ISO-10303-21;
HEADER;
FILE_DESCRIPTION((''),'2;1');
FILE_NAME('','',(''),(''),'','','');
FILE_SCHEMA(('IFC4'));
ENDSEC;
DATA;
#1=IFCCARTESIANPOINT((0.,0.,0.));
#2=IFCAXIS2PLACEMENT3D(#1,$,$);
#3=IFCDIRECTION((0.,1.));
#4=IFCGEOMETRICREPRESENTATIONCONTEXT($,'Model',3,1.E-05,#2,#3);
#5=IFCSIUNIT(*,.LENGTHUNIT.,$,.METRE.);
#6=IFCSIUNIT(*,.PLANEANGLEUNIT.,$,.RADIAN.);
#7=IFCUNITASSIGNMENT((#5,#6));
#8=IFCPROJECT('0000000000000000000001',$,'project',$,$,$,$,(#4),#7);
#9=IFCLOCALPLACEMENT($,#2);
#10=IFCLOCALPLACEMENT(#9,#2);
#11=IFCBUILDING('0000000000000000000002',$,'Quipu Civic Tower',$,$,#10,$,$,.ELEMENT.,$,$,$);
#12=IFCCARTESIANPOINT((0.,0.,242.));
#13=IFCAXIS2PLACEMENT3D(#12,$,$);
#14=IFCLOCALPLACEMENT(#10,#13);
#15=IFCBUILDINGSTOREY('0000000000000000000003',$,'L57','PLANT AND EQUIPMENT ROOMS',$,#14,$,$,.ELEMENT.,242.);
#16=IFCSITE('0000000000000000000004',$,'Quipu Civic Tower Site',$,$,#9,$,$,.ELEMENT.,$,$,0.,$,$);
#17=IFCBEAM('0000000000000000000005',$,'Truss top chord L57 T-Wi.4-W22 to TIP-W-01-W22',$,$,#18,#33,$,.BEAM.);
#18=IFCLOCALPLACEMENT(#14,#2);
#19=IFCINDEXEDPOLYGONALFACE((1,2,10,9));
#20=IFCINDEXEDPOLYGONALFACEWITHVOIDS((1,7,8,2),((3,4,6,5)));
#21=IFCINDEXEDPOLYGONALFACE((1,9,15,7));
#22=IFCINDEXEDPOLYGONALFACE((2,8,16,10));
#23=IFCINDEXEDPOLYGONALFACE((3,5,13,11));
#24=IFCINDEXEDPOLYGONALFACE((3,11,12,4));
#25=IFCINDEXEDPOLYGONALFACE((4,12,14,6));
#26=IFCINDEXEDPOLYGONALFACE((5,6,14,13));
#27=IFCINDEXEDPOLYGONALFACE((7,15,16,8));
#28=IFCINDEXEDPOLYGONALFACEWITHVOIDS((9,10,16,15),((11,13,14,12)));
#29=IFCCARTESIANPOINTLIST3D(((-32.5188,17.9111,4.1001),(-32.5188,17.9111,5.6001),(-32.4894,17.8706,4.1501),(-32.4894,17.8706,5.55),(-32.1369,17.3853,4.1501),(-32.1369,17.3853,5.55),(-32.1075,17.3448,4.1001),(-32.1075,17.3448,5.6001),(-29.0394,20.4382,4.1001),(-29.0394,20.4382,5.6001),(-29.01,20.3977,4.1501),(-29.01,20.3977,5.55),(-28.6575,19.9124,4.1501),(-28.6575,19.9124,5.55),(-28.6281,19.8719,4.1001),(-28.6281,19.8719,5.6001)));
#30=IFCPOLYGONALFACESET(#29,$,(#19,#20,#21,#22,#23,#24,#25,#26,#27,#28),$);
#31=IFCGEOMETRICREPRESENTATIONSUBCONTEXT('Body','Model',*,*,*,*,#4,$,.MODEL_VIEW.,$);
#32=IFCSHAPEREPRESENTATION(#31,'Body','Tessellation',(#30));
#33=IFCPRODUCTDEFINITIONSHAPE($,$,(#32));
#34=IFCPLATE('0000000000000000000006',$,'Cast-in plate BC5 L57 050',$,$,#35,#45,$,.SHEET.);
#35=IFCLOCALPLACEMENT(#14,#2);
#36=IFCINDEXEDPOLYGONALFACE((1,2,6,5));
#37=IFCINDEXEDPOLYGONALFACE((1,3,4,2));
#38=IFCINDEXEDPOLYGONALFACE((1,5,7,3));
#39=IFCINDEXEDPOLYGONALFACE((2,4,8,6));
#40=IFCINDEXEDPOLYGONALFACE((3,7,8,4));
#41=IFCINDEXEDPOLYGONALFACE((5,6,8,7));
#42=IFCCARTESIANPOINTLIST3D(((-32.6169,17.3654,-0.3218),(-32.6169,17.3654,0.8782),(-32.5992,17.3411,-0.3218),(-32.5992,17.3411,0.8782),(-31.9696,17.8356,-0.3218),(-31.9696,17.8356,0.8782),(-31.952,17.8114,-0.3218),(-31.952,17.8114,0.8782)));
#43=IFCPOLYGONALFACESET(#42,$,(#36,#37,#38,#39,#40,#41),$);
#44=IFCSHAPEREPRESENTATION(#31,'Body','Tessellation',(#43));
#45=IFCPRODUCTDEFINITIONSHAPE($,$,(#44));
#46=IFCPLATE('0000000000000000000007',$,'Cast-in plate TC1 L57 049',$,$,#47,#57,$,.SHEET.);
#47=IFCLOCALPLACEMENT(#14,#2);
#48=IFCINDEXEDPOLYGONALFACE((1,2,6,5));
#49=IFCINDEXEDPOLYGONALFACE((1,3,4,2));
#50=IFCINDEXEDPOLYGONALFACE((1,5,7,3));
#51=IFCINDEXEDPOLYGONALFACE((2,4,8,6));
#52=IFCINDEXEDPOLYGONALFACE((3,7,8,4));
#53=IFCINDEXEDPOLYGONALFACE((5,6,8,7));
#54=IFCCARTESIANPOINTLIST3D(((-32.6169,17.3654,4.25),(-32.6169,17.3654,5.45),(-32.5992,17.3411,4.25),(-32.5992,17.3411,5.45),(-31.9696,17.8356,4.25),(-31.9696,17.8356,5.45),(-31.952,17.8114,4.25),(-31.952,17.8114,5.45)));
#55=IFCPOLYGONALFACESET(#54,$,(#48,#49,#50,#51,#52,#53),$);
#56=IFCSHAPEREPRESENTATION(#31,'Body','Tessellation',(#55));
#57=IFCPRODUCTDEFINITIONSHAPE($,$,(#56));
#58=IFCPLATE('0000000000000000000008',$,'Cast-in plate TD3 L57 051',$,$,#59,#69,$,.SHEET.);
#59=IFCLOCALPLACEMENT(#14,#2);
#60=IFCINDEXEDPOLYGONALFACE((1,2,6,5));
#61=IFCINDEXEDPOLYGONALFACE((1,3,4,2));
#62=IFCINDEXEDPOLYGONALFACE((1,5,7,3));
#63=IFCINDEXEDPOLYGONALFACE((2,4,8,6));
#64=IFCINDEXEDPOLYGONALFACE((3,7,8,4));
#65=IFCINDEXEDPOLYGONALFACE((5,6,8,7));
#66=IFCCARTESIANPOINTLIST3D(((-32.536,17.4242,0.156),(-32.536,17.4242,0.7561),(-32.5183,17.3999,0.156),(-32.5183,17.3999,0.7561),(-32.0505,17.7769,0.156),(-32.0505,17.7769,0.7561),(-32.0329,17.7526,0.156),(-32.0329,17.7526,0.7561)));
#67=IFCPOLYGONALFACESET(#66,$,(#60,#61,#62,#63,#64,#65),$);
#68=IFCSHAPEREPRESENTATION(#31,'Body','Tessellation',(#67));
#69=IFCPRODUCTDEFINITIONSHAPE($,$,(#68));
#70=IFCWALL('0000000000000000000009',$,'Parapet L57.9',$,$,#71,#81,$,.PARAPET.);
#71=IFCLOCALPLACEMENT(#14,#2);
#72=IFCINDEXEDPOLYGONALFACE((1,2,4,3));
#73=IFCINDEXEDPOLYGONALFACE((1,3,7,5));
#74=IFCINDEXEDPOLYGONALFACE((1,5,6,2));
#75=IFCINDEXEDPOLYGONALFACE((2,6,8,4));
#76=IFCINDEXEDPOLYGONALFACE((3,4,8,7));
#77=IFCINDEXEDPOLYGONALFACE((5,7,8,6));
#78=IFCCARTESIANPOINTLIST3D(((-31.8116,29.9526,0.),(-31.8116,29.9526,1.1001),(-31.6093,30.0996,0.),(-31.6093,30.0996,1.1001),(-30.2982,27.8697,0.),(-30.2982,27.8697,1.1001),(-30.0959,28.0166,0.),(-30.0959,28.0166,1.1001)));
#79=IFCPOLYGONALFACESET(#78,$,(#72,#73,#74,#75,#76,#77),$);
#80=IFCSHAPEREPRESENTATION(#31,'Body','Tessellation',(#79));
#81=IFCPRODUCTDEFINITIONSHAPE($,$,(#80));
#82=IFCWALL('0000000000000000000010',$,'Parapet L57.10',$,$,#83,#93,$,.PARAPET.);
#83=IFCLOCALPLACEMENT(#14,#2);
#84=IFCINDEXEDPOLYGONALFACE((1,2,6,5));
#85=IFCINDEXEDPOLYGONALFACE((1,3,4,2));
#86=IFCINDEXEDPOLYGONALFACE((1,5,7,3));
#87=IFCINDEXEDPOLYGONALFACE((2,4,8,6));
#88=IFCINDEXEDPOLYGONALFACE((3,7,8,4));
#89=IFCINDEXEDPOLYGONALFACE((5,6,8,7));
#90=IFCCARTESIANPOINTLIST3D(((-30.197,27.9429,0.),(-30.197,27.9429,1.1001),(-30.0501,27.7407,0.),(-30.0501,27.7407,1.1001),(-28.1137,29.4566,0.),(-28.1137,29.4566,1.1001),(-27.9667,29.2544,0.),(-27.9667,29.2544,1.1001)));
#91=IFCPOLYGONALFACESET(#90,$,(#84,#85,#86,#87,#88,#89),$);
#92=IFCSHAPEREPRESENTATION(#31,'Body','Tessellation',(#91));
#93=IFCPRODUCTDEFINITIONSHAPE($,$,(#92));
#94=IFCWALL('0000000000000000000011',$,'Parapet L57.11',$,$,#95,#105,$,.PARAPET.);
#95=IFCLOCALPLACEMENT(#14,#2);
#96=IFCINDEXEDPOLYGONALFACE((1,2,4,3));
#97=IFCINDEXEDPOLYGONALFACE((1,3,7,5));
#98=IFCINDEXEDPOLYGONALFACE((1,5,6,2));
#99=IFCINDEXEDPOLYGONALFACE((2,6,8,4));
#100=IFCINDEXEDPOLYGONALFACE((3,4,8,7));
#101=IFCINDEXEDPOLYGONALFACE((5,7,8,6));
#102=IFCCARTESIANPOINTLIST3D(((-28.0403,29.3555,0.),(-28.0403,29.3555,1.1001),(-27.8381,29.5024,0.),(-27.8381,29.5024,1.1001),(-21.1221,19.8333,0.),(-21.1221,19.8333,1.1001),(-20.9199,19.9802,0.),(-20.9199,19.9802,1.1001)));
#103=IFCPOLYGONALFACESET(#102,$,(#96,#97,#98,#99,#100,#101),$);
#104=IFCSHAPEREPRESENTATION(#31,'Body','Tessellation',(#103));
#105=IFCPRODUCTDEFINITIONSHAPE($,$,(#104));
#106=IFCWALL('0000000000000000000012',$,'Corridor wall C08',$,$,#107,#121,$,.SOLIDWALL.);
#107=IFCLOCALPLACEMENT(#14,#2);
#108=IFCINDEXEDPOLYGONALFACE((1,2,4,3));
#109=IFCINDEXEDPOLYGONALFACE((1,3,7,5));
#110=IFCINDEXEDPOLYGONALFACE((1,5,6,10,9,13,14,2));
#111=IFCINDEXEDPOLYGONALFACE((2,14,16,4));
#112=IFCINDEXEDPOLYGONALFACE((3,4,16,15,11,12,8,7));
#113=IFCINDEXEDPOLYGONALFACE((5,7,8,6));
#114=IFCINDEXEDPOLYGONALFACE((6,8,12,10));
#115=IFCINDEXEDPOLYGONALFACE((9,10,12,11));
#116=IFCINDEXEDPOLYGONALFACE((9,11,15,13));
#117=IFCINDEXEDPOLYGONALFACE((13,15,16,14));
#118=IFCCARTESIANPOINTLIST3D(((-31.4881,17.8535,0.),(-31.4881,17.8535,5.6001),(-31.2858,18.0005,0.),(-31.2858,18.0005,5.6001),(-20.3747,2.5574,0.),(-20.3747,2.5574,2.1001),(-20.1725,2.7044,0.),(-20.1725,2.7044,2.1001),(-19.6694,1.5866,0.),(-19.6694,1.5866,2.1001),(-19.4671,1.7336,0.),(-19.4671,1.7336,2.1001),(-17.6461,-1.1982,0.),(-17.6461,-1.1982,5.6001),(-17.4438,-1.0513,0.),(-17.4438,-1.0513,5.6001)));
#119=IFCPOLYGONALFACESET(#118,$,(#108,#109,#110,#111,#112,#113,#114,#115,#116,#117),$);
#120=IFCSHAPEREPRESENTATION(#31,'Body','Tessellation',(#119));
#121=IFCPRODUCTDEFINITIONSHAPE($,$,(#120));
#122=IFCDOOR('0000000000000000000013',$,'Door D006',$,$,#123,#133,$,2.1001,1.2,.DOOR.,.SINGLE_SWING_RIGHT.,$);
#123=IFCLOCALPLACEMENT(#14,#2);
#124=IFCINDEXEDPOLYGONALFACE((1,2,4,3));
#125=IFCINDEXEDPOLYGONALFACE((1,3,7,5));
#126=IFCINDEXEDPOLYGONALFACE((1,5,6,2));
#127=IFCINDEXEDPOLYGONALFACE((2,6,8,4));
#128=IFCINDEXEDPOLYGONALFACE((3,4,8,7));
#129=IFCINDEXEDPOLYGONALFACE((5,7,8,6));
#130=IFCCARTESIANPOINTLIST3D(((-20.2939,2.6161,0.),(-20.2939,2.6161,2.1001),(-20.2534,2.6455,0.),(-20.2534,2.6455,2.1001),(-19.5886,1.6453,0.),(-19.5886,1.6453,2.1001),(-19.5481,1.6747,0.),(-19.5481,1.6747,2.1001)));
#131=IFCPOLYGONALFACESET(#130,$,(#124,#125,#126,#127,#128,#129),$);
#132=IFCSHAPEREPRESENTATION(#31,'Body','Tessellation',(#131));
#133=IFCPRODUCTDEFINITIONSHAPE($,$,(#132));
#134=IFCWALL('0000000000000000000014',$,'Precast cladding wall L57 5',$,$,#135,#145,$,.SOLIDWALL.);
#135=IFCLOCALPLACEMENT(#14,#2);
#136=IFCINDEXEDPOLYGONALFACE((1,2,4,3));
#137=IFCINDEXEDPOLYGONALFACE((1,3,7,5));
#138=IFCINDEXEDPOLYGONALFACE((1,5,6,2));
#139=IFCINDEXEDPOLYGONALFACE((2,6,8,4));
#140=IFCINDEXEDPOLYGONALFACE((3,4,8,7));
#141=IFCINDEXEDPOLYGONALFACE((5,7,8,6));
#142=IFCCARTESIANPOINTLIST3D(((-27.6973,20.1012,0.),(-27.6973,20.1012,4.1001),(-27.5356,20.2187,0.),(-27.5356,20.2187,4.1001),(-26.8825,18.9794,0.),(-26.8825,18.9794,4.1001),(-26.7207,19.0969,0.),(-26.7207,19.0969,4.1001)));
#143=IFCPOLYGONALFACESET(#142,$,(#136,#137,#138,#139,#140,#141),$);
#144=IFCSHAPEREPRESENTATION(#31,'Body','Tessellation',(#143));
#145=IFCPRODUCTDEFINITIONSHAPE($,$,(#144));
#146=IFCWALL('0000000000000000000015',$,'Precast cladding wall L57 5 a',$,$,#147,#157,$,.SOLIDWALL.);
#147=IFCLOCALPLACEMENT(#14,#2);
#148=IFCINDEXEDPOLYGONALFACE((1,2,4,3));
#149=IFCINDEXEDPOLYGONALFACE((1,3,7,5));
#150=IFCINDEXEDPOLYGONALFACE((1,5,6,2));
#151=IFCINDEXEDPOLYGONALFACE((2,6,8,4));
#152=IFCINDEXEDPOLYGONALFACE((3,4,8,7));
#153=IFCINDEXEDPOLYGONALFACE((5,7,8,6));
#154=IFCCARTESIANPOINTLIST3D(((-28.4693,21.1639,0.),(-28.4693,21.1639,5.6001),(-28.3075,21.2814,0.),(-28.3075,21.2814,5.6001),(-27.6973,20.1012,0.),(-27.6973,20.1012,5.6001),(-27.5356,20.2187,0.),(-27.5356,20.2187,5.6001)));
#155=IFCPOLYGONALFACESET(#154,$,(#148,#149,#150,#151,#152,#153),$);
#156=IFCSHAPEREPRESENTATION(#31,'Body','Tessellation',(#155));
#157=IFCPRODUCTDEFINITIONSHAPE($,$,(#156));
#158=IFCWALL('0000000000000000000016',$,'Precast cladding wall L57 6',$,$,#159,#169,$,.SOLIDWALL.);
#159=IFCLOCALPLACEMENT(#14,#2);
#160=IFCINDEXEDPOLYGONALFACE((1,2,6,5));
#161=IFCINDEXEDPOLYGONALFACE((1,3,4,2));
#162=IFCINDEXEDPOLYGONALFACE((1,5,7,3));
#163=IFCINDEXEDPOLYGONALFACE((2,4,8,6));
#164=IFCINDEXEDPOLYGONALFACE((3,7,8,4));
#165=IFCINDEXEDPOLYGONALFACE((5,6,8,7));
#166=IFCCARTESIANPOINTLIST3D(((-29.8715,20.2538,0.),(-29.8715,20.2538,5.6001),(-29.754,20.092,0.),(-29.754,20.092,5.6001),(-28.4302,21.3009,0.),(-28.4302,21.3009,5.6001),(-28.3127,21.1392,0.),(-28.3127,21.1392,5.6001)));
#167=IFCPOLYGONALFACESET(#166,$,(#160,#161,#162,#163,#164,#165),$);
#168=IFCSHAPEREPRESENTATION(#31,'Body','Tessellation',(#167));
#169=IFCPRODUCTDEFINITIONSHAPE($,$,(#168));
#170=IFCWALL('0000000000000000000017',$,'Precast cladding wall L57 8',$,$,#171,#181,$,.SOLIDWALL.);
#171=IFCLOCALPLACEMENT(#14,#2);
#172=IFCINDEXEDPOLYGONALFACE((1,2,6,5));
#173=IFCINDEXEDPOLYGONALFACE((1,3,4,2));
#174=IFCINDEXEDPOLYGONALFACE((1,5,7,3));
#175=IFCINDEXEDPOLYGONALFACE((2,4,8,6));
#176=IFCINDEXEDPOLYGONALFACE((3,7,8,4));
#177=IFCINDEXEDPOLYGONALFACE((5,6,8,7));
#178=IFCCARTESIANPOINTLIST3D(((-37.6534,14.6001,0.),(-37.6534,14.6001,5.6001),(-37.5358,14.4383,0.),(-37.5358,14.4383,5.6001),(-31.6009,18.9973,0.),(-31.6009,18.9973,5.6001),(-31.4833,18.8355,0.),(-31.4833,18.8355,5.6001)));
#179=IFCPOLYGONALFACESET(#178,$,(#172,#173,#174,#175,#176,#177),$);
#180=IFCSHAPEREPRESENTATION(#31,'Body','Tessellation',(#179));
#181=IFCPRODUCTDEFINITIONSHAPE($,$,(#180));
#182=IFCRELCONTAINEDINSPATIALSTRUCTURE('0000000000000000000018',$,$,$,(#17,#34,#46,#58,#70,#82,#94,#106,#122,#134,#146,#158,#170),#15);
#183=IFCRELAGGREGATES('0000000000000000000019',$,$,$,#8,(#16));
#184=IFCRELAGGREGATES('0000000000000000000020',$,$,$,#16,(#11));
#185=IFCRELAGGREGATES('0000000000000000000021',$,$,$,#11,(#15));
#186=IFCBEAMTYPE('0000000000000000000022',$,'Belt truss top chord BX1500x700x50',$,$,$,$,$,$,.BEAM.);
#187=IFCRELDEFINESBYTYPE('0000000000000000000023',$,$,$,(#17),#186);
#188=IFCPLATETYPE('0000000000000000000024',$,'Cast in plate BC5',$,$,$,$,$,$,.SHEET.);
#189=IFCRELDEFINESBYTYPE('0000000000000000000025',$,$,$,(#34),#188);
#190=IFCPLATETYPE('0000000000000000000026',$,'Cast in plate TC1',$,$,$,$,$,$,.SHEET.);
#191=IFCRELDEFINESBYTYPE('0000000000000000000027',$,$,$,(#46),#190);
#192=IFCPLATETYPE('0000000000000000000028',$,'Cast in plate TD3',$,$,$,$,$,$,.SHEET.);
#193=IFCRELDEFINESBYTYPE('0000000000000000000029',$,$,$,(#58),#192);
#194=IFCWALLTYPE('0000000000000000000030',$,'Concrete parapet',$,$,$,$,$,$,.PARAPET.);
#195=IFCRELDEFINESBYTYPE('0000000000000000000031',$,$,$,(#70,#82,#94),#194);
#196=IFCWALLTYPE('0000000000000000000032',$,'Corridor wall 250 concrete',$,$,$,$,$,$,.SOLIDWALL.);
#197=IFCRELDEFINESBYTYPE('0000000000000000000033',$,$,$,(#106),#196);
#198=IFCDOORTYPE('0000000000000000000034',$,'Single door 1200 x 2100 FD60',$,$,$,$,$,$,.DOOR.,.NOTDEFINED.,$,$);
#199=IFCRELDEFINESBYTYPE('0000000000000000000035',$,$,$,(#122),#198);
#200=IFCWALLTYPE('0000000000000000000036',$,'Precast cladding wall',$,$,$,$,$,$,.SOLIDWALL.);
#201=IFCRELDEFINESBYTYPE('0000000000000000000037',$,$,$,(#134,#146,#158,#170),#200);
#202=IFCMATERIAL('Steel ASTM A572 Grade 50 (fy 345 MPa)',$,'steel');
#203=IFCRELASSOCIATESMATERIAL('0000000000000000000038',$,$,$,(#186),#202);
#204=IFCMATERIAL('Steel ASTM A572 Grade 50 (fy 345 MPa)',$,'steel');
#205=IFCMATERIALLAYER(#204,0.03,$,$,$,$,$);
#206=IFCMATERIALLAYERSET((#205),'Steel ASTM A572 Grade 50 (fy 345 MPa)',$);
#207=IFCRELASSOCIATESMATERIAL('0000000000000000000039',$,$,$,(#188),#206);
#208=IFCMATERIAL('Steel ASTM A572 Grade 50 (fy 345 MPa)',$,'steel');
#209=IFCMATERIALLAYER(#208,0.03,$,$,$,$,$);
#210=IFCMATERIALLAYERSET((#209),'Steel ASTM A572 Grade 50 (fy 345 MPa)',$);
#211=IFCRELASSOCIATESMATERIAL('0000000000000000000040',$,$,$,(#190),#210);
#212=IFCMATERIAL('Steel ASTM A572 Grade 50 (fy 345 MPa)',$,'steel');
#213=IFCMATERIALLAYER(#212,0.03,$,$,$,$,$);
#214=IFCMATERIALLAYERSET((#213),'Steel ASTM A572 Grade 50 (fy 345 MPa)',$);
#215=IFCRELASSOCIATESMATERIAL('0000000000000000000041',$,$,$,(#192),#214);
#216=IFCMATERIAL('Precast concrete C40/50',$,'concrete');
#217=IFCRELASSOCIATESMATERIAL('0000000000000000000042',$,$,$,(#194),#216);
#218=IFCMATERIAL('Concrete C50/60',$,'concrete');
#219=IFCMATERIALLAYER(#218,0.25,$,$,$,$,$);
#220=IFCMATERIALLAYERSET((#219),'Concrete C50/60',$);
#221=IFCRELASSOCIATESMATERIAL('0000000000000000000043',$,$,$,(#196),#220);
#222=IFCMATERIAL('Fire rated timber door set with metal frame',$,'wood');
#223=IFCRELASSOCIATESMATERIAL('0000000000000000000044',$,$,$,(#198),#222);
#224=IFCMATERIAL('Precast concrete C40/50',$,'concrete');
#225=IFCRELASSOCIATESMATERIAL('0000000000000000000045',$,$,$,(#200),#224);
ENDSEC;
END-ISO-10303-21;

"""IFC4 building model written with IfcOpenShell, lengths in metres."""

from ifc_helpers import new_model, si_unit, direction, frame, frame_2d, origin, origin_2d, place, context, subcontext, project, spatial, rectangle, hollow_rectangle, extrude, material, layer, layer_set, material_profile, profile_set, type_object, element, fill, save


model = new_model("IFC4")

# Units and contexts
model_context = context("Model", 3, precision=1e-05, world=origin(), true_north=direction((0.0, 1.0)))
body_context = subcontext(model_context, "Body", "Model", "MODEL_VIEW")
ifc_project = project(units=[si_unit("LENGTHUNIT", "METRE"), si_unit("PLANEANGLEUNIT", "RADIAN")], contexts=[model_context])

# Site, building, storey
site_placement = place(None, origin())
site = spatial("IfcSite", under=ifc_project, at=site_placement, Name="Quipu Civic Tower Site", CompositionType="ELEMENT", RefElevation=0.0)
building_placement = place(site_placement, origin())
building = spatial("IfcBuilding", under=site, at=building_placement, Name="Quipu Civic Tower", CompositionType="ELEMENT")
storey_placement = place(building_placement, frame((0.0, 0.0, 242.0)))
storey = spatial("IfcBuildingStorey", under=building, at=storey_placement, Name="L57", Description="PLANT AND EQUIPMENT ROOMS", CompositionType="ELEMENT", Elevation=242.0)

# Beam
ifc_material_1 = material(Name="Steel ASTM A572 Grade 50 (fy 345 MPa)", Category="steel")
ifc_material_profile_1 = material_profile(ifc_material_1, hollow_rectangle(XDim=0.7, YDim=1.5, WallThickness=0.05, at=origin_2d()), Name="BX1500x700x50")
ifc_profile_set_1 = profile_set([ifc_material_profile_1], Name="Steel ASTM A572 Grade 50 (fy 345 MPa)")
beam_type_1 = type_object("IfcBeamType", Name="Belt truss top chord BX1500x700x50", PredefinedType="BEAM", material=ifc_profile_set_1)
beam_1_placement = place(storey_placement, frame((-28.8337, 20.155, 4.8501), z_axis=(-0.809116, -0.587648, 0.0), x_axis=(0.587648, -0.809116, 0.0)))
element("IfcBeam", 1, at=beam_1_placement, inside=storey, type_object=beam_type_1, Name="Truss top chord L57 T-Wi.4-W22 to TIP-W-01-W22", PredefinedType="BEAM", context=body_context, shape_type="SweptSolid", body=[
    extrude(hollow_rectangle(XDim=0.7, YDim=1.5, WallThickness=0.05, at=origin_2d()), origin(), (0.0, 0.0, 1.0), 4.3003),
])

# Plates
ifc_material_2 = material(Name="Steel ASTM A572 Grade 50 (fy 345 MPa)", Category="steel")
ifc_layer_1 = layer(ifc_material_2, 0.03)
ifc_layer_set_1 = layer_set([ifc_layer_1], Name="Steel ASTM A572 Grade 50 (fy 345 MPa)")
plate_type_1 = type_object("IfcPlateType", Name="Cast in plate BC5", PredefinedType="SHEET", material=ifc_layer_set_1)
plate_1_placement = place(storey_placement, frame((-32.2844, 17.5884, -0.3218), z_axis=(0.0, 0.0, 1.0), x_axis=(0.809027, 0.587771, 0.0)))
element("IfcPlate", 2, at=plate_1_placement, inside=storey, type_object=plate_type_1, Name="Cast-in plate BC5 L57 050", PredefinedType="SHEET", context=body_context, shape_type="SweptSolid", body=[
    extrude(rectangle(XDim=0.8, YDim=0.03, at=origin_2d()), origin(), (0.0, 0.0, 1.0), 1.2),
])
ifc_material_3 = material(Name="Steel ASTM A572 Grade 50 (fy 345 MPa)", Category="steel")
ifc_layer_2 = layer(ifc_material_3, 0.03)
ifc_layer_set_2 = layer_set([ifc_layer_2], Name="Steel ASTM A572 Grade 50 (fy 345 MPa)")
plate_type_2 = type_object("IfcPlateType", Name="Cast in plate TC1", PredefinedType="SHEET", material=ifc_layer_set_2)
plate_2_placement = place(storey_placement, frame((-32.2844, 17.5884, 4.25), z_axis=(0.0, 0.0, 1.0), x_axis=(0.809027, 0.587771, 0.0)))
element("IfcPlate", 3, at=plate_2_placement, inside=storey, type_object=plate_type_2, Name="Cast-in plate TC1 L57 049", PredefinedType="SHEET", context=body_context, shape_type="SweptSolid", body=[
    extrude(rectangle(XDim=0.8, YDim=0.03, at=origin_2d()), origin(), (0.0, 0.0, 1.0), 1.2),
])
ifc_material_4 = material(Name="Steel ASTM A572 Grade 50 (fy 345 MPa)", Category="steel")
ifc_layer_3 = layer(ifc_material_4, 0.03)
ifc_layer_set_3 = layer_set([ifc_layer_3], Name="Steel ASTM A572 Grade 50 (fy 345 MPa)")
plate_type_3 = type_object("IfcPlateType", Name="Cast in plate TD3", PredefinedType="SHEET", material=ifc_layer_set_3)
plate_3_placement = place(storey_placement, frame((-32.2844, 17.5884, 0.156), z_axis=(0.0, 0.0, 1.0), x_axis=(0.809027, 0.587771, 0.0)))
element("IfcPlate", 4, at=plate_3_placement, inside=storey, type_object=plate_type_3, Name="Cast-in plate TD3 L57 051", PredefinedType="SHEET", context=body_context, shape_type="SweptSolid", body=[
    extrude(rectangle(XDim=0.6001, YDim=0.03, at=origin_2d()), origin(), (0.0, 0.0, 1.0), 0.6001),
])

# Walls
ifc_material_5 = material(Name="Precast concrete C40/50", Category="concrete")
wall_type_1 = type_object("IfcWallType", Name="Concrete parapet", PredefinedType="PARAPET", material=ifc_material_5)
wall_1_placement = place(storey_placement, frame((-31.7104, 30.0261, 0.0), z_axis=(0.0, 0.0, 1.0), x_axis=(0.587794, -0.809011, 0.0)))
element("IfcWall", 5, at=wall_1_placement, inside=storey, type_object=wall_type_1, Name="Parapet L57.9", PredefinedType="PARAPET", context=body_context, shape_type="SweptSolid", body=[
    extrude(rectangle(XDim=2.5747, YDim=0.25, at=frame_2d((1.2874, 0.0))), origin(), (0.0, 0.0, 1.0), 1.1001),
])
wall_2_placement = place(storey_placement, frame((-30.1235, 27.8418, 0.0), z_axis=(0.0, 0.0, 1.0), x_axis=(0.808998, 0.587811, 0.0)))
element("IfcWall", 6, at=wall_2_placement, inside=storey, type_object=wall_type_1, Name="Parapet L57.10", PredefinedType="PARAPET", context=body_context, shape_type="SweptSolid", body=[
    extrude(rectangle(XDim=2.5752, YDim=0.25, at=frame_2d((1.2876, 0.0))), origin(), (0.0, 0.0, 1.0), 1.1001),
])
wall_3_placement = place(storey_placement, frame((-27.9392, 29.429, 0.0), z_axis=(0.0, 0.0, 1.0), x_axis=(0.587781, -0.80902, 0.0)))
element("IfcWall", 7, at=wall_3_placement, inside=storey, type_object=wall_type_1, Name="Parapet L57.11", PredefinedType="PARAPET", context=body_context, shape_type="SweptSolid", body=[
    extrude(rectangle(XDim=11.77, YDim=0.25, at=frame_2d((5.885, 0.0))), origin(), (0.0, 0.0, 1.0), 1.1001),
])

# Wall, opening, door
ifc_material_6 = material(Name="Concrete C50/60", Category="concrete")
ifc_layer_4 = layer(ifc_material_6, 0.25)
ifc_layer_set_4 = layer_set([ifc_layer_4], Name="Concrete C50/60")
wall_type_2 = type_object("IfcWallType", Name="Corridor wall 250 concrete", PredefinedType="SOLIDWALL", material=ifc_layer_set_4)
wall_4_placement = place(storey_placement, frame((-31.387, 17.927, 0.0), z_axis=(0.0, 0.0, 1.0), x_axis=(0.587789, -0.809014, 0.0)))
wall_4 = element("IfcWall", 8, at=wall_4_placement, inside=storey, type_object=wall_type_2, Name="Corridor wall C08", PredefinedType="SOLIDWALL", context=body_context, shape_type="SweptSolid", body=[
    extrude(rectangle(XDim=23.5493, YDim=0.25, at=frame_2d((11.7747, 0.0))), origin(), (0.0, 0.0, 1.0), 5.6001),
])
opening_1_placement = place(wall_4_placement, frame((18.907, 0.0, 0.0)))
opening_1 = element("IfcOpeningElement", 9, at=opening_1_placement, cuts=wall_4, PredefinedType="OPENING", context=body_context, shape_type="SweptSolid", body=[
    extrude(rectangle(XDim=1.2, YDim=2.1001, at=frame_2d((0.6001, 1.05))), frame((0.0, 0.135, 0.0), z_axis=(0.0, -1.0, 0.0), x_axis=(1.0, 0.0, 0.0)), (0.0, 0.0, 1.0), 0.27),
])
ifc_material_7 = material(Name="Fire rated timber door set with metal frame", Category="wood")
door_type_1 = type_object("IfcDoorType", Name="Single door 1200 x 2100 FD60", OperationType="NOTDEFINED", PredefinedType="DOOR", material=ifc_material_7)
door_1_placement = place(opening_1_placement, origin())
door_1 = element("IfcDoor", 10, at=door_1_placement, inside=storey, type_object=door_type_1, Name="Door D006", OperationType="SINGLE_SWING_RIGHT", OverallHeight=2.1001, OverallWidth=1.2, PredefinedType="DOOR", context=body_context, shape_type="SweptSolid", body=[
    extrude(rectangle(XDim=1.2, YDim=2.1001, at=frame_2d((0.6001, 1.05))), frame((0.0, 0.0249, 0.0), z_axis=(0.0, -1.0, 0.0), x_axis=(1.0, 0.0, 0.0)), (0.0, 0.0, 1.0), 0.05),
])
fill(opening_1, door_1)

# Walls
ifc_material_8 = material(Name="Precast concrete C40/50", Category="concrete")
wall_type_3 = type_object("IfcWallType", Name="Precast cladding wall", PredefinedType="SOLIDWALL", material=ifc_material_8)
wall_5_placement = place(storey_placement, frame((-26.8015, 19.0381, 0.0), z_axis=(0.0, 0.0, 1.0), x_axis=(-0.587732, 0.809056, 0.0)))
element("IfcWall", 11, at=wall_5_placement, inside=storey, type_object=wall_type_3, Name="Precast cladding wall L57 5", PredefinedType="SOLIDWALL", context=body_context, shape_type="SweptSolid", body=[
    extrude(rectangle(XDim=1.3865, YDim=0.2, at=frame_2d((0.6934, 0.0))), origin(), (0.0, 0.0, 1.0), 4.1001),
])
wall_6_placement = place(storey_placement, frame((-27.6165, 20.1599, 0.0), z_axis=(0.0, 0.0, 1.0), x_axis=(-0.587707, 0.809074, 0.0)))
element("IfcWall", 12, at=wall_6_placement, inside=storey, type_object=wall_type_3, Name="Precast cladding wall L57 5 a", PredefinedType="SOLIDWALL", context=body_context, shape_type="SweptSolid", body=[
    extrude(rectangle(XDim=1.3135, YDim=0.2, at=frame_2d((0.6567, 0.0))), origin(), (0.0, 0.0, 1.0), 5.6001),
])
wall_7_placement = place(storey_placement, frame((-28.3716, 21.22, 0.0), z_axis=(0.0, 0.0, 1.0), x_axis=(-0.809003, -0.587805, 0.0)))
element("IfcWall", 13, at=wall_7_placement, inside=storey, type_object=wall_type_3, Name="Precast cladding wall L57 6", PredefinedType="SOLIDWALL", context=body_context, shape_type="SweptSolid", body=[
    extrude(rectangle(XDim=1.7815, YDim=0.2, at=frame_2d((0.8906, 0.0))), origin(), (0.0, 0.0, 1.0), 5.6001),
])
wall_8_placement = place(storey_placement, frame((-31.542, 18.9165, 0.0), z_axis=(0.0, 0.0, 1.0), x_axis=(-0.809028, -0.58777, 0.0)))
element("IfcWall", 14, at=wall_8_placement, inside=storey, type_object=wall_type_3, Name="Precast cladding wall L57 8", PredefinedType="SOLIDWALL", context=body_context, shape_type="SweptSolid", body=[
    extrude(rectangle(XDim=7.4812, YDim=0.2, at=frame_2d((3.7407, 0.0))), origin(), (0.0, 0.0, 1.0), 5.6001),
])

save(model, "model.ifc")
